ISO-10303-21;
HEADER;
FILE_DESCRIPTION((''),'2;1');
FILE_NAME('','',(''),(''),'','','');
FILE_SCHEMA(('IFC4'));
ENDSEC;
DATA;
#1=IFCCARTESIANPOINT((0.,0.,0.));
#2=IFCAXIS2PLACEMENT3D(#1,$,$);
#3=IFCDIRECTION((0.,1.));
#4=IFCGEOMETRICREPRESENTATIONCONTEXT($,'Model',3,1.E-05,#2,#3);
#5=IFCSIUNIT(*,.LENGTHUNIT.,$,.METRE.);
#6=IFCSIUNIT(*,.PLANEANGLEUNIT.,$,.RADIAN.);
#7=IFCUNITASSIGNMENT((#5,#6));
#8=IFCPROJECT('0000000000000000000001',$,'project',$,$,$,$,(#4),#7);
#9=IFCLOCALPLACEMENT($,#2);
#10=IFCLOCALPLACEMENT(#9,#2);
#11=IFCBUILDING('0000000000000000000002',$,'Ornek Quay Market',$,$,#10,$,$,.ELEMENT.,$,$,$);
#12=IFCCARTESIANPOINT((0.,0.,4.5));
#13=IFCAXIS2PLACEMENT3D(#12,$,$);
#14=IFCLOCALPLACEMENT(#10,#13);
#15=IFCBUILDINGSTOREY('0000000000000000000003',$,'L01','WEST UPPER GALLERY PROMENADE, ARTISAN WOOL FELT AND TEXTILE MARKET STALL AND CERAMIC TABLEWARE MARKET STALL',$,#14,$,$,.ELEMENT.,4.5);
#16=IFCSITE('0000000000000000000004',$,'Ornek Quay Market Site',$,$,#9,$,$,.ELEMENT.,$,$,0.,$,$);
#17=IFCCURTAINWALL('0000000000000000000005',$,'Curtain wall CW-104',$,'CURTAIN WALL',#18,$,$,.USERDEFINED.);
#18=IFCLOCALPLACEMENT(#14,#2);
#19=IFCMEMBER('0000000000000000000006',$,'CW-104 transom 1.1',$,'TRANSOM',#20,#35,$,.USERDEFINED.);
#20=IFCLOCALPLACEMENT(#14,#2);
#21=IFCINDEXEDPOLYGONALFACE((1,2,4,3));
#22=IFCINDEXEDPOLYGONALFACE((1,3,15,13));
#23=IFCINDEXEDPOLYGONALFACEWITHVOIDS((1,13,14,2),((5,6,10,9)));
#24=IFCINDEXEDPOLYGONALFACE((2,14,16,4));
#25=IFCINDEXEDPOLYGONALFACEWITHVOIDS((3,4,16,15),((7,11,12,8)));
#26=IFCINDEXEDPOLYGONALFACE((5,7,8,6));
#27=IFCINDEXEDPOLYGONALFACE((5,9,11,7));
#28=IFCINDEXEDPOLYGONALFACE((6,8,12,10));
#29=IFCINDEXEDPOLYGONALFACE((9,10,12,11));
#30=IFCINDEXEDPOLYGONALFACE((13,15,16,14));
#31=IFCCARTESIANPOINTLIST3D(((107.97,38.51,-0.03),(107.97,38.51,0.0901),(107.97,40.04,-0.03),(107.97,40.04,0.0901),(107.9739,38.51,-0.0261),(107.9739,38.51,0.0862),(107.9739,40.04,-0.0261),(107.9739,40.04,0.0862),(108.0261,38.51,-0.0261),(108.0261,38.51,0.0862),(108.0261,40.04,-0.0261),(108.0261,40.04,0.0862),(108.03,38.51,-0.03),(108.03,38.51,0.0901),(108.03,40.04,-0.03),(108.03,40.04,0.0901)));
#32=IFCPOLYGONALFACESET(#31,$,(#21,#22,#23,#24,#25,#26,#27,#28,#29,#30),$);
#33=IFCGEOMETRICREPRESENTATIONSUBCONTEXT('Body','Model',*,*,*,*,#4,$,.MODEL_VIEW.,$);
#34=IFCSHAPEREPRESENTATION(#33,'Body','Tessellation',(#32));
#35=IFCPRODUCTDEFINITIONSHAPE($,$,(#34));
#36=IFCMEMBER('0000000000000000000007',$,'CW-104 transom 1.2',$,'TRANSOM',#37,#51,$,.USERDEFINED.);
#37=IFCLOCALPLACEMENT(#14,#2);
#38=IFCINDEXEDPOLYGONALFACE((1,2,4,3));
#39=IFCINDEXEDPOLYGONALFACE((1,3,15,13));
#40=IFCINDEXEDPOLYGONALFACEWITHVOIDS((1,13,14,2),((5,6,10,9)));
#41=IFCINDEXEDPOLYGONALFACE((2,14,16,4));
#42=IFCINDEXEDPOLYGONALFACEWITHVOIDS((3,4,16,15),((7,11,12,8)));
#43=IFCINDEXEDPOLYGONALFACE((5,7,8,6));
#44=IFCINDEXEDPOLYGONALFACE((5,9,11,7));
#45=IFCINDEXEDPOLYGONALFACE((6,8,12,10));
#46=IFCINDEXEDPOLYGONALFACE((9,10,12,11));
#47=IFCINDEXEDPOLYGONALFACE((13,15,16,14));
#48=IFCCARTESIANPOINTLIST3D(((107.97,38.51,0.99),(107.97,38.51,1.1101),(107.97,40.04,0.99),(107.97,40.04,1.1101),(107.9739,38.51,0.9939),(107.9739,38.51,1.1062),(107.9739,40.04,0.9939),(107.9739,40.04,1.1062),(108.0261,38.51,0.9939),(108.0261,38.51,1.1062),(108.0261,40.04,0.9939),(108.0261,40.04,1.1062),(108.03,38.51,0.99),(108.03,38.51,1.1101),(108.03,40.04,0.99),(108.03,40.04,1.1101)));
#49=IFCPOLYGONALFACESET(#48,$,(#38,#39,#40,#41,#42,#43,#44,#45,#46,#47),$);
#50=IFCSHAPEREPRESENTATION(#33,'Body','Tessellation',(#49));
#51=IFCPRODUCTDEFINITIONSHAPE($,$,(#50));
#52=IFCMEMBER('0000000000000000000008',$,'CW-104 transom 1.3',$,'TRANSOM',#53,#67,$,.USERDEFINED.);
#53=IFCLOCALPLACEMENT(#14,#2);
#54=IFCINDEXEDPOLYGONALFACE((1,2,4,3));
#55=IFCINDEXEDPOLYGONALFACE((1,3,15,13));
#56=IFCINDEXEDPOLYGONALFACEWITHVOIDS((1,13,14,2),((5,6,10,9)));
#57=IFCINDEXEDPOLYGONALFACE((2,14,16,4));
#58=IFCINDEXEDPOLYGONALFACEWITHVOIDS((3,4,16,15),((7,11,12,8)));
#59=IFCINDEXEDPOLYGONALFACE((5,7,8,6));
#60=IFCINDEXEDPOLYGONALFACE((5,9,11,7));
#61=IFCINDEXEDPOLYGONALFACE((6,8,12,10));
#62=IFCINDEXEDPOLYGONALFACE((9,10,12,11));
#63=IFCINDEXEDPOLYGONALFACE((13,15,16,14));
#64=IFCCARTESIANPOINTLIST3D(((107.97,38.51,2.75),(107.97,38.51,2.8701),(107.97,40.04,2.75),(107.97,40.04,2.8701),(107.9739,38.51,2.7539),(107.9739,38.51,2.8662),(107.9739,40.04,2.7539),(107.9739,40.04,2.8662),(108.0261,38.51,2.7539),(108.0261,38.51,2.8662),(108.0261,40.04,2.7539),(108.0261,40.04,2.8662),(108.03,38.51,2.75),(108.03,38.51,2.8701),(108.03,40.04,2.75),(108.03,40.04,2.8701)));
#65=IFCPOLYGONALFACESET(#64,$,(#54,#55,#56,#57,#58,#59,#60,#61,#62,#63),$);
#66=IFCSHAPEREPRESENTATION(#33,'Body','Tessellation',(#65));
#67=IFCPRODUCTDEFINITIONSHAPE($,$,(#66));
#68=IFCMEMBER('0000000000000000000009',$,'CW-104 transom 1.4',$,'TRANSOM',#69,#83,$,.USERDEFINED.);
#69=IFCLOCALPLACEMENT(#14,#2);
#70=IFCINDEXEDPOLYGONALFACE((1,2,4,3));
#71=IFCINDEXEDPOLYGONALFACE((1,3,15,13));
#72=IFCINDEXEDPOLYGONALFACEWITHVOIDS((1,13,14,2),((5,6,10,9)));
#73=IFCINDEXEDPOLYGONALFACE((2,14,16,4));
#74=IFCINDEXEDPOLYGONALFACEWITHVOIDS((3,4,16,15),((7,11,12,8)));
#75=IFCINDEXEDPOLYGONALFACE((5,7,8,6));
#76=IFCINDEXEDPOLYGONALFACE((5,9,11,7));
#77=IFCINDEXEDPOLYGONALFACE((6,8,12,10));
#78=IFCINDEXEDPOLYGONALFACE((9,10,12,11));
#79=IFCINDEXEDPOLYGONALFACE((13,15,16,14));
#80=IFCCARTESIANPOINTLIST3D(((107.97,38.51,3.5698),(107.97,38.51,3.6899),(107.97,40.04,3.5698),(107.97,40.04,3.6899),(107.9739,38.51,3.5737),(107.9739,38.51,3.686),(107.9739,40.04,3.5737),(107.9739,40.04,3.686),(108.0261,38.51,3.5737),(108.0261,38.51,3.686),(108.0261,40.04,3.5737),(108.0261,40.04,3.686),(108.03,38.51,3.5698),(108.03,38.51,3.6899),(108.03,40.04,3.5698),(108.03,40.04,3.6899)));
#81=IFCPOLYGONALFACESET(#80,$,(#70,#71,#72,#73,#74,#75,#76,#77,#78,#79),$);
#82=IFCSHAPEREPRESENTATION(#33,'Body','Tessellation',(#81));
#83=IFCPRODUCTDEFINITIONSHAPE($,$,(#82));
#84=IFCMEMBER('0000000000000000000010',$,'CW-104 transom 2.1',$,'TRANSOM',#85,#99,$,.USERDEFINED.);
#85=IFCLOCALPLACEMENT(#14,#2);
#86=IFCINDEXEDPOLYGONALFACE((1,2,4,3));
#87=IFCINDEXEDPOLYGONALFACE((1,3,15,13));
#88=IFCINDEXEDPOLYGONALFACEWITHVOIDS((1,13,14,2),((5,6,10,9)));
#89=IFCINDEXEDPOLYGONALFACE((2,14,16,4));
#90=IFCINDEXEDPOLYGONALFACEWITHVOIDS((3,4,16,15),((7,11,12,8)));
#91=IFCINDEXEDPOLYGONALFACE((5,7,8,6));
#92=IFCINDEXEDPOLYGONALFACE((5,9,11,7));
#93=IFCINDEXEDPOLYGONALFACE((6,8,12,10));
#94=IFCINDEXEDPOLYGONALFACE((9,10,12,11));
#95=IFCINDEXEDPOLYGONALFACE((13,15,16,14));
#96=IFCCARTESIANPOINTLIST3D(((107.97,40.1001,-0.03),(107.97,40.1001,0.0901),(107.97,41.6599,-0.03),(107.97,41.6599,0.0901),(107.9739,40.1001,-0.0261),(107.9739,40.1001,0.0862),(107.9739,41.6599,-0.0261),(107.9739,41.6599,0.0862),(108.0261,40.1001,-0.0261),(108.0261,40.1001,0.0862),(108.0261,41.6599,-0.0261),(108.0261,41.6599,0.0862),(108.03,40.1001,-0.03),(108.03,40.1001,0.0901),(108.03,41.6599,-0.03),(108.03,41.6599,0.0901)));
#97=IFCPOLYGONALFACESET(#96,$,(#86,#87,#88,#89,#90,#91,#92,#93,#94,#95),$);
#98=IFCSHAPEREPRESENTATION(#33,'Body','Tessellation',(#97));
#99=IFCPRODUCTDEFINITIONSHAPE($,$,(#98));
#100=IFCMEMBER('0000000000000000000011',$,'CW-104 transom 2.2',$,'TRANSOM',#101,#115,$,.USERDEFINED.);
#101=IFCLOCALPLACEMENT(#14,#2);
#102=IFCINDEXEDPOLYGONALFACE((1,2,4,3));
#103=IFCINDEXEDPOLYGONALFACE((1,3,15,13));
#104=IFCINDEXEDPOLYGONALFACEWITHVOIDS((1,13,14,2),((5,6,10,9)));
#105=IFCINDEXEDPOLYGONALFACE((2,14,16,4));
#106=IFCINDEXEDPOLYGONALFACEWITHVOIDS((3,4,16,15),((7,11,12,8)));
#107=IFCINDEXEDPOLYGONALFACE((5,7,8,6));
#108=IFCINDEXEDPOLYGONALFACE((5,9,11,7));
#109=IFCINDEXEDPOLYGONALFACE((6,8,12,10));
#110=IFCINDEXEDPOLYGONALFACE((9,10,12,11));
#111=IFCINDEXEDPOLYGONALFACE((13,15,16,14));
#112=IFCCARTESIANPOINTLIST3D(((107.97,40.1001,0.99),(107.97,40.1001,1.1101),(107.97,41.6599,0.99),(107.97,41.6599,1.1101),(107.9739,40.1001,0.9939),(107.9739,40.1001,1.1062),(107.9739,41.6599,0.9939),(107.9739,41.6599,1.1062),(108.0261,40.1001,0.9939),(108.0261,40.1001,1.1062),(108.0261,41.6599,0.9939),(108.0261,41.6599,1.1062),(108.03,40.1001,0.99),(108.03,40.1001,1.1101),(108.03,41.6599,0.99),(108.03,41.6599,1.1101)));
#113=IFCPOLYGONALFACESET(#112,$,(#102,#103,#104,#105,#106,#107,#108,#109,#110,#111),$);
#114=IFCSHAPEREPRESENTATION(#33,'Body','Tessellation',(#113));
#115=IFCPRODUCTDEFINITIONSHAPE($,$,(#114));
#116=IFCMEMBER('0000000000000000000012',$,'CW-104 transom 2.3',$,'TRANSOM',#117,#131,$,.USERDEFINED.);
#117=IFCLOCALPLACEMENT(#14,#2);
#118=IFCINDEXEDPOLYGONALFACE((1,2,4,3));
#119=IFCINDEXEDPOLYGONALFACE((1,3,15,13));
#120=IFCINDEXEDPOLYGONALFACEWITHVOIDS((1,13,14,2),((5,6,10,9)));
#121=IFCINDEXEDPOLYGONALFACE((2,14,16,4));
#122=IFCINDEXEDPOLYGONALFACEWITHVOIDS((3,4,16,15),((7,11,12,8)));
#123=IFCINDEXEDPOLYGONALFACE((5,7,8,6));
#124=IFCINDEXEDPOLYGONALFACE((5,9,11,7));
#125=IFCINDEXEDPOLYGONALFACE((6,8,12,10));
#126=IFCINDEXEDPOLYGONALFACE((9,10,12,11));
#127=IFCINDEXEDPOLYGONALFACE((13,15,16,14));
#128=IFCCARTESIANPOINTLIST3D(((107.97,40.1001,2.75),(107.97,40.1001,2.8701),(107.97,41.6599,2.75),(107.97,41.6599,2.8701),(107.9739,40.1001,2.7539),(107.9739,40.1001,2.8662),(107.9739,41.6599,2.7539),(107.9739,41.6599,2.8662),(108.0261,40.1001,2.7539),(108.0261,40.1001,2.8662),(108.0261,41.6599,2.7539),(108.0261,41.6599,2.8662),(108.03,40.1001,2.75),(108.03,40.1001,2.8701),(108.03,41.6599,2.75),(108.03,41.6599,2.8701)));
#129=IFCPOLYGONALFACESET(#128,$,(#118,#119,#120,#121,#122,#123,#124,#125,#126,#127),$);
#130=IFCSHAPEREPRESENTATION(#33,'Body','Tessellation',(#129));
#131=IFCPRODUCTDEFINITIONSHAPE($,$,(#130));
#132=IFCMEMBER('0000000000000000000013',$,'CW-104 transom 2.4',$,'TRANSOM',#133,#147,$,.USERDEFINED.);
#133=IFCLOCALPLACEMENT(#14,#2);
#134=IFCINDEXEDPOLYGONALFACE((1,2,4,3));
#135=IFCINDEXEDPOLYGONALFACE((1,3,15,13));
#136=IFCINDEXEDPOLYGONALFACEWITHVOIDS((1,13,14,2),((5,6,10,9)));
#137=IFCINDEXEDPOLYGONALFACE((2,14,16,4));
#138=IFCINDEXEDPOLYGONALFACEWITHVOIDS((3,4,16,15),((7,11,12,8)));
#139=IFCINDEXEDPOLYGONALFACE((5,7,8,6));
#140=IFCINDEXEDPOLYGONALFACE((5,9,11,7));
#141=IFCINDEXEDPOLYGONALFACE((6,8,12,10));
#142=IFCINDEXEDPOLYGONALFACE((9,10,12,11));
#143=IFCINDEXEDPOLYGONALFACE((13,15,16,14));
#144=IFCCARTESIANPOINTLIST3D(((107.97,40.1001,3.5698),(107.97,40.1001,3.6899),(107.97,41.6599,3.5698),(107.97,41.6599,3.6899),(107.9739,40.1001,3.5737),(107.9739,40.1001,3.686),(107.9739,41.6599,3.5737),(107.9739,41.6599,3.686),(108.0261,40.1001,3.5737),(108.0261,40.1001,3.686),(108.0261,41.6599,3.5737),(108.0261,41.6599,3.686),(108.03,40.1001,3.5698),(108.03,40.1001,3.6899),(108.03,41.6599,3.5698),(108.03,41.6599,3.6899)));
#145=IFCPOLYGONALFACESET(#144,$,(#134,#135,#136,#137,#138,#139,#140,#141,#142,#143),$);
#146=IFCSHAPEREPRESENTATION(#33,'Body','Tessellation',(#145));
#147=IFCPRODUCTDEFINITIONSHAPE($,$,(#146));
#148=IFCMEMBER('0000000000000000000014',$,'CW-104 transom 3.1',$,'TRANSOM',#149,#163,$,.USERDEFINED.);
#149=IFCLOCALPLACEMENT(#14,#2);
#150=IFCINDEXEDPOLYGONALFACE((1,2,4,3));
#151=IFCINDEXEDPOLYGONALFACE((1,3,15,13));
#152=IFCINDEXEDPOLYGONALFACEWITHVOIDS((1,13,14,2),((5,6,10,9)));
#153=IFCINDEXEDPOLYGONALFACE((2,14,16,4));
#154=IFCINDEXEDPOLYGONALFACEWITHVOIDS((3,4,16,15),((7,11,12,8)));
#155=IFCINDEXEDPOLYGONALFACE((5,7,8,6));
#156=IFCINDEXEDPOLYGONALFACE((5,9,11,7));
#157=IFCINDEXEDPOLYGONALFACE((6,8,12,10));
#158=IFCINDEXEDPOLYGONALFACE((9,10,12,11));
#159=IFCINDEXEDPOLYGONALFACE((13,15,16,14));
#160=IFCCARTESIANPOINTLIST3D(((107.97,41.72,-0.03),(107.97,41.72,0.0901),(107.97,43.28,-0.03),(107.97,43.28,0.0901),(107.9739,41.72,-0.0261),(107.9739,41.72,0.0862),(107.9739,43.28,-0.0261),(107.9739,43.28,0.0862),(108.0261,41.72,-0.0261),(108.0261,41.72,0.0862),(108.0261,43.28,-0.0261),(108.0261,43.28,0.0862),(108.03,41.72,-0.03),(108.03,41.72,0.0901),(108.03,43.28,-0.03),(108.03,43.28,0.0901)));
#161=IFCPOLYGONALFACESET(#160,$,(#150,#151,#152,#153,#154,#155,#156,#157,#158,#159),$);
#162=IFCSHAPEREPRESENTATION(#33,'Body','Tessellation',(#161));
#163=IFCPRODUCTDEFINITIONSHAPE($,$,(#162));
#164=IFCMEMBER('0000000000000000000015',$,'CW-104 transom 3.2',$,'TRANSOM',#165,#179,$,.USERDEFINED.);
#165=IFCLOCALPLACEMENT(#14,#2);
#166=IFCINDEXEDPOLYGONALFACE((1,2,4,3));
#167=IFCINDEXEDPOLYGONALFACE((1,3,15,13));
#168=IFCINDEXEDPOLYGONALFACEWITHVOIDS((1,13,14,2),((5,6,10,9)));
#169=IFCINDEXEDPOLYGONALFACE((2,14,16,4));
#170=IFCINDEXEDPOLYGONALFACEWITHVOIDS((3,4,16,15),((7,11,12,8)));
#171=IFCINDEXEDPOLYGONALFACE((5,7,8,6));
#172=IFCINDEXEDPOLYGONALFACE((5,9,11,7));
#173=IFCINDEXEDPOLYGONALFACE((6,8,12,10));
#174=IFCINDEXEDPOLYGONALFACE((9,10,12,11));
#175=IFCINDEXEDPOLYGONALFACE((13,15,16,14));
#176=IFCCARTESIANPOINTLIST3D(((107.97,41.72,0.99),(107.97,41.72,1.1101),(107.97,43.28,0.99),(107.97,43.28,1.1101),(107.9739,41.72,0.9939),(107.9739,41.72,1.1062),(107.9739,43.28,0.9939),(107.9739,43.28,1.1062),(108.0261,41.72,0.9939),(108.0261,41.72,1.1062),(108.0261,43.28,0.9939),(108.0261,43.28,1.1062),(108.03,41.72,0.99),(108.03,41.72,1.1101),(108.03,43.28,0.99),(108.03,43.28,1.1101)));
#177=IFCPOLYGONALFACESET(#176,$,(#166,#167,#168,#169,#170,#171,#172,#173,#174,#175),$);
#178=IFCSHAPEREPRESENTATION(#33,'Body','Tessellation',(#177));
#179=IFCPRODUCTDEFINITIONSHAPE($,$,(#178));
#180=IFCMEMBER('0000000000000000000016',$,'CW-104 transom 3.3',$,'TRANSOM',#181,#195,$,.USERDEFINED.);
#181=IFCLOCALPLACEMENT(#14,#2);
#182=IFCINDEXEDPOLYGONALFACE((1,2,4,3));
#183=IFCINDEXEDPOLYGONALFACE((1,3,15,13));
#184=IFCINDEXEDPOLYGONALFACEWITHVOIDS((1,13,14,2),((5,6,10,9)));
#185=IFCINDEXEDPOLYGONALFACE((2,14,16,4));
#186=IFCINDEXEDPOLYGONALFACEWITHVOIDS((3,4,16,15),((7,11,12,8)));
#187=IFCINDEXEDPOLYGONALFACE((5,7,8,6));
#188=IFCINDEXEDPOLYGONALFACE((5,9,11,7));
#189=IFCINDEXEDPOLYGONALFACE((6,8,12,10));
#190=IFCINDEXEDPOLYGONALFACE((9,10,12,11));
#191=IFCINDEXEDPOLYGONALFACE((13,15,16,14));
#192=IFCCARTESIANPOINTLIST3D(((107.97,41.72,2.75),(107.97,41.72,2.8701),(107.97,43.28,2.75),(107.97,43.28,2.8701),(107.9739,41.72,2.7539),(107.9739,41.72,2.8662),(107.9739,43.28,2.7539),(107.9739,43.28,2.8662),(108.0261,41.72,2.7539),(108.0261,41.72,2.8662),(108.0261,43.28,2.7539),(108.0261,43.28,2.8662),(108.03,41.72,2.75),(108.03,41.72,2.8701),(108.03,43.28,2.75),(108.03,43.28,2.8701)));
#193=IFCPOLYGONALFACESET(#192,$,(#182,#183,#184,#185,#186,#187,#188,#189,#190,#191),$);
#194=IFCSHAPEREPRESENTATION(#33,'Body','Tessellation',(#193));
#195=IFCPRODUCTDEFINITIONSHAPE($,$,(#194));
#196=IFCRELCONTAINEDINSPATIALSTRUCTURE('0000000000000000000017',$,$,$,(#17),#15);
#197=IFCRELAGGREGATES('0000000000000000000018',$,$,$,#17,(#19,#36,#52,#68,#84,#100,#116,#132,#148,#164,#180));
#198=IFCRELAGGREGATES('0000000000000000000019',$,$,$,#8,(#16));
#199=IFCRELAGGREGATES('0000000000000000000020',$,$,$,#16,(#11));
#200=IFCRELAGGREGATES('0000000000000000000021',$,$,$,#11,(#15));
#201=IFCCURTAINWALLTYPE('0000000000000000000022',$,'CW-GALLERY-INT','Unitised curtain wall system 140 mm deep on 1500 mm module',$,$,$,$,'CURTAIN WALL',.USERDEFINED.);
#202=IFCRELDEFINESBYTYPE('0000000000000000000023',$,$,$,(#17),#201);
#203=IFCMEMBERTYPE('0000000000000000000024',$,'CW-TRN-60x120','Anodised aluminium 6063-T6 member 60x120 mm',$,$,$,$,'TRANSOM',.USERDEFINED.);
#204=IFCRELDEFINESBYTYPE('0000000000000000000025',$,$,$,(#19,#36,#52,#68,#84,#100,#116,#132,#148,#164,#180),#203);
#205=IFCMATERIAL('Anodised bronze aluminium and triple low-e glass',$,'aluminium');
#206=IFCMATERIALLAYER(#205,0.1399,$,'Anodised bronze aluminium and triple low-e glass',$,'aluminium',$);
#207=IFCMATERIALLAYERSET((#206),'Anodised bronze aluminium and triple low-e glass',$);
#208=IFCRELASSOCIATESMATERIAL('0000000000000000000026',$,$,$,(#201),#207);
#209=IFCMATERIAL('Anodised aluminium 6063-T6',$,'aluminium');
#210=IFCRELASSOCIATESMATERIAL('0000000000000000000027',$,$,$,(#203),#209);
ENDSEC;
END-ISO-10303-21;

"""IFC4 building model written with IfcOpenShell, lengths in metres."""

from ifc_helpers import new_model, si_unit, direction, frame, origin, origin_2d, place, context, subcontext, project, spatial, hollow_rectangle, extrude, material, layer, layer_set, material_profile, profile_set, type_object, element, aggregate, save


model = new_model("IFC4")

# Units and contexts
model_context = context("Model", 3, precision=1e-05, world=origin(), true_north=direction((0.0, 1.0)))
body_context = subcontext(model_context, "Body", "Model", "MODEL_VIEW")
ifc_project = project(units=[si_unit("LENGTHUNIT", "METRE"), si_unit("PLANEANGLEUNIT", "RADIAN")], contexts=[model_context])

# Site, building, storey
site_placement = place(None, origin())
site = spatial("IfcSite", under=ifc_project, at=site_placement, Name="Ornek Quay Market Site", CompositionType="ELEMENT", RefElevation=0.0)
building_placement = place(site_placement, origin())
building = spatial("IfcBuilding", under=site, at=building_placement, Name="Ornek Quay Market", CompositionType="ELEMENT")
storey_placement = place(building_placement, frame((0.0, 0.0, 4.5)))
storey = spatial("IfcBuildingStorey", under=building, at=storey_placement, Name="L01", Description="WEST UPPER GALLERY PROMENADE, ARTISAN WOOL FELT AND TEXTILE MARKET STALL AND CERAMIC TABLEWARE MARKET STALL", CompositionType="ELEMENT", Elevation=4.5)

# Shared definitions
ifc_material_1 = material(Name="Anodised bronze aluminium and triple low-e glass", Category="aluminium")
ifc_layer_1 = layer(ifc_material_1, 0.1399, Name="Anodised bronze aluminium and triple low-e glass", Category="aluminium")
ifc_layer_set_1 = layer_set([ifc_layer_1], Name="Anodised bronze aluminium and triple low-e glass")
curtain_wall_type = type_object("IfcCurtainWallType", Name="CW-GALLERY-INT", Description="Unitised curtain wall system 140 mm deep on 1500 mm module", ElementType="CURTAIN WALL", PredefinedType="USERDEFINED", material=ifc_layer_set_1)
ifc_material_2 = material(Name="Anodised aluminium 6063-T6", Category="aluminium")

# Curtain wall
curtain_wall_1_placement = place(storey_placement, origin())
curtain_wall_1 = element("IfcCurtainWall", 1, at=curtain_wall_1_placement, inside=storey, type_object=curtain_wall_type, Name="Curtain wall CW-104", ObjectType="CURTAIN WALL", PredefinedType="USERDEFINED")

# Members
ifc_material_profile_1 = material_profile(ifc_material_2, hollow_rectangle(XDim=0.0601, YDim=0.1201, WallThickness=0.0039, at=origin_2d()), Name="CW-TRN-60x120", Category="aluminium")
ifc_profile_set_1 = profile_set([ifc_material_profile_1], Name="Anodised aluminium 6063-T6")
member_type_1 = type_object("IfcMemberType", Name="CW-TRN-60x120", Description="Anodised aluminium 6063-T6 member 60x120 mm", ElementType="TRANSOM", PredefinedType="USERDEFINED", material=ifc_profile_set_1)
member_1_placement = place(storey_placement, frame((108.0, 38.51, 0.03), z_axis=(0.0, 1.0, 0.0), x_axis=(-1.0, 0.0, 0.0)))
member_1 = element("IfcMember", 2, at=member_1_placement, type_object=member_type_1, Name="CW-104 transom 1.1", ObjectType="TRANSOM", PredefinedType="USERDEFINED", context=body_context, shape_type="SweptSolid", body=[
    extrude(hollow_rectangle(XDim=0.0601, YDim=0.1201, WallThickness=0.0039, at=origin_2d()), origin(), (0.0, 0.0, 1.0), 1.53),
])
member_2_placement = place(storey_placement, frame((108.0, 38.51, 1.05), z_axis=(0.0, 1.0, 0.0), x_axis=(-1.0, 0.0, 0.0)))
member_2 = element("IfcMember", 3, at=member_2_placement, type_object=member_type_1, Name="CW-104 transom 1.2", ObjectType="TRANSOM", PredefinedType="USERDEFINED", context=body_context, shape_type="SweptSolid", body=[
    extrude(hollow_rectangle(XDim=0.0601, YDim=0.1201, WallThickness=0.0039, at=origin_2d()), origin(), (0.0, 0.0, 1.0), 1.53),
])
member_3_placement = place(storey_placement, frame((108.0, 38.51, 2.8101), z_axis=(0.0, 1.0, 0.0), x_axis=(-1.0, 0.0, 0.0)))
member_3 = element("IfcMember", 4, at=member_3_placement, type_object=member_type_1, Name="CW-104 transom 1.3", ObjectType="TRANSOM", PredefinedType="USERDEFINED", context=body_context, shape_type="SweptSolid", body=[
    extrude(hollow_rectangle(XDim=0.0601, YDim=0.1201, WallThickness=0.0039, at=origin_2d()), origin(), (0.0, 0.0, 1.0), 1.53),
])
member_4_placement = place(storey_placement, frame((108.0, 38.51, 3.6299), z_axis=(0.0, 1.0, 0.0), x_axis=(-1.0, 0.0, 0.0)))
member_4 = element("IfcMember", 5, at=member_4_placement, type_object=member_type_1, Name="CW-104 transom 1.4", ObjectType="TRANSOM", PredefinedType="USERDEFINED", context=body_context, shape_type="SweptSolid", body=[
    extrude(hollow_rectangle(XDim=0.0601, YDim=0.1201, WallThickness=0.0039, at=origin_2d()), origin(), (0.0, 0.0, 1.0), 1.53),
])
member_5_placement = place(storey_placement, frame((108.0, 40.1001, 0.03), z_axis=(0.0, 1.0, 0.0), x_axis=(-1.0, 0.0, 0.0)))
member_5 = element("IfcMember", 6, at=member_5_placement, type_object=member_type_1, Name="CW-104 transom 2.1", ObjectType="TRANSOM", PredefinedType="USERDEFINED", context=body_context, shape_type="SweptSolid", body=[
    extrude(hollow_rectangle(XDim=0.0601, YDim=0.1201, WallThickness=0.0039, at=origin_2d()), origin(), (0.0, 0.0, 1.0), 1.5598),
])
member_6_placement = place(storey_placement, frame((108.0, 40.1001, 1.05), z_axis=(0.0, 1.0, 0.0), x_axis=(-1.0, 0.0, 0.0)))
member_6 = element("IfcMember", 7, at=member_6_placement, type_object=member_type_1, Name="CW-104 transom 2.2", ObjectType="TRANSOM", PredefinedType="USERDEFINED", context=body_context, shape_type="SweptSolid", body=[
    extrude(hollow_rectangle(XDim=0.0601, YDim=0.1201, WallThickness=0.0039, at=origin_2d()), origin(), (0.0, 0.0, 1.0), 1.5598),
])
member_7_placement = place(storey_placement, frame((108.0, 40.1001, 2.8101), z_axis=(0.0, 1.0, 0.0), x_axis=(-1.0, 0.0, 0.0)))
member_7 = element("IfcMember", 8, at=member_7_placement, type_object=member_type_1, Name="CW-104 transom 2.3", ObjectType="TRANSOM", PredefinedType="USERDEFINED", context=body_context, shape_type="SweptSolid", body=[
    extrude(hollow_rectangle(XDim=0.0601, YDim=0.1201, WallThickness=0.0039, at=origin_2d()), origin(), (0.0, 0.0, 1.0), 1.5598),
])
member_8_placement = place(storey_placement, frame((108.0, 40.1001, 3.6299), z_axis=(0.0, 1.0, 0.0), x_axis=(-1.0, 0.0, 0.0)))
member_8 = element("IfcMember", 9, at=member_8_placement, type_object=member_type_1, Name="CW-104 transom 2.4", ObjectType="TRANSOM", PredefinedType="USERDEFINED", context=body_context, shape_type="SweptSolid", body=[
    extrude(hollow_rectangle(XDim=0.0601, YDim=0.1201, WallThickness=0.0039, at=origin_2d()), origin(), (0.0, 0.0, 1.0), 1.5598),
])
member_9_placement = place(storey_placement, frame((108.0, 41.72, 0.03), z_axis=(0.0, 1.0, 0.0), x_axis=(-1.0, 0.0, 0.0)))
member_9 = element("IfcMember", 10, at=member_9_placement, type_object=member_type_1, Name="CW-104 transom 3.1", ObjectType="TRANSOM", PredefinedType="USERDEFINED", context=body_context, shape_type="SweptSolid", body=[
    extrude(hollow_rectangle(XDim=0.0601, YDim=0.1201, WallThickness=0.0039, at=origin_2d()), origin(), (0.0, 0.0, 1.0), 1.5601),
])
member_10_placement = place(storey_placement, frame((108.0, 41.72, 1.05), z_axis=(0.0, 1.0, 0.0), x_axis=(-1.0, 0.0, 0.0)))
member_10 = element("IfcMember", 11, at=member_10_placement, type_object=member_type_1, Name="CW-104 transom 3.2", ObjectType="TRANSOM", PredefinedType="USERDEFINED", context=body_context, shape_type="SweptSolid", body=[
    extrude(hollow_rectangle(XDim=0.0601, YDim=0.1201, WallThickness=0.0039, at=origin_2d()), origin(), (0.0, 0.0, 1.0), 1.5601),
])
member_11_placement = place(storey_placement, frame((108.0, 41.72, 2.8101), z_axis=(0.0, 1.0, 0.0), x_axis=(-1.0, 0.0, 0.0)))
member_11 = element("IfcMember", 12, at=member_11_placement, type_object=member_type_1, Name="CW-104 transom 3.3", ObjectType="TRANSOM", PredefinedType="USERDEFINED", context=body_context, shape_type="SweptSolid", body=[
    extrude(hollow_rectangle(XDim=0.0601, YDim=0.1201, WallThickness=0.0039, at=origin_2d()), origin(), (0.0, 0.0, 1.0), 1.5601),
])

aggregate(curtain_wall_1, [member_1, member_2, member_3, member_4, member_5, member_6, member_7, member_8, member_9, member_10, member_11])

save(model, "model.ifc")
